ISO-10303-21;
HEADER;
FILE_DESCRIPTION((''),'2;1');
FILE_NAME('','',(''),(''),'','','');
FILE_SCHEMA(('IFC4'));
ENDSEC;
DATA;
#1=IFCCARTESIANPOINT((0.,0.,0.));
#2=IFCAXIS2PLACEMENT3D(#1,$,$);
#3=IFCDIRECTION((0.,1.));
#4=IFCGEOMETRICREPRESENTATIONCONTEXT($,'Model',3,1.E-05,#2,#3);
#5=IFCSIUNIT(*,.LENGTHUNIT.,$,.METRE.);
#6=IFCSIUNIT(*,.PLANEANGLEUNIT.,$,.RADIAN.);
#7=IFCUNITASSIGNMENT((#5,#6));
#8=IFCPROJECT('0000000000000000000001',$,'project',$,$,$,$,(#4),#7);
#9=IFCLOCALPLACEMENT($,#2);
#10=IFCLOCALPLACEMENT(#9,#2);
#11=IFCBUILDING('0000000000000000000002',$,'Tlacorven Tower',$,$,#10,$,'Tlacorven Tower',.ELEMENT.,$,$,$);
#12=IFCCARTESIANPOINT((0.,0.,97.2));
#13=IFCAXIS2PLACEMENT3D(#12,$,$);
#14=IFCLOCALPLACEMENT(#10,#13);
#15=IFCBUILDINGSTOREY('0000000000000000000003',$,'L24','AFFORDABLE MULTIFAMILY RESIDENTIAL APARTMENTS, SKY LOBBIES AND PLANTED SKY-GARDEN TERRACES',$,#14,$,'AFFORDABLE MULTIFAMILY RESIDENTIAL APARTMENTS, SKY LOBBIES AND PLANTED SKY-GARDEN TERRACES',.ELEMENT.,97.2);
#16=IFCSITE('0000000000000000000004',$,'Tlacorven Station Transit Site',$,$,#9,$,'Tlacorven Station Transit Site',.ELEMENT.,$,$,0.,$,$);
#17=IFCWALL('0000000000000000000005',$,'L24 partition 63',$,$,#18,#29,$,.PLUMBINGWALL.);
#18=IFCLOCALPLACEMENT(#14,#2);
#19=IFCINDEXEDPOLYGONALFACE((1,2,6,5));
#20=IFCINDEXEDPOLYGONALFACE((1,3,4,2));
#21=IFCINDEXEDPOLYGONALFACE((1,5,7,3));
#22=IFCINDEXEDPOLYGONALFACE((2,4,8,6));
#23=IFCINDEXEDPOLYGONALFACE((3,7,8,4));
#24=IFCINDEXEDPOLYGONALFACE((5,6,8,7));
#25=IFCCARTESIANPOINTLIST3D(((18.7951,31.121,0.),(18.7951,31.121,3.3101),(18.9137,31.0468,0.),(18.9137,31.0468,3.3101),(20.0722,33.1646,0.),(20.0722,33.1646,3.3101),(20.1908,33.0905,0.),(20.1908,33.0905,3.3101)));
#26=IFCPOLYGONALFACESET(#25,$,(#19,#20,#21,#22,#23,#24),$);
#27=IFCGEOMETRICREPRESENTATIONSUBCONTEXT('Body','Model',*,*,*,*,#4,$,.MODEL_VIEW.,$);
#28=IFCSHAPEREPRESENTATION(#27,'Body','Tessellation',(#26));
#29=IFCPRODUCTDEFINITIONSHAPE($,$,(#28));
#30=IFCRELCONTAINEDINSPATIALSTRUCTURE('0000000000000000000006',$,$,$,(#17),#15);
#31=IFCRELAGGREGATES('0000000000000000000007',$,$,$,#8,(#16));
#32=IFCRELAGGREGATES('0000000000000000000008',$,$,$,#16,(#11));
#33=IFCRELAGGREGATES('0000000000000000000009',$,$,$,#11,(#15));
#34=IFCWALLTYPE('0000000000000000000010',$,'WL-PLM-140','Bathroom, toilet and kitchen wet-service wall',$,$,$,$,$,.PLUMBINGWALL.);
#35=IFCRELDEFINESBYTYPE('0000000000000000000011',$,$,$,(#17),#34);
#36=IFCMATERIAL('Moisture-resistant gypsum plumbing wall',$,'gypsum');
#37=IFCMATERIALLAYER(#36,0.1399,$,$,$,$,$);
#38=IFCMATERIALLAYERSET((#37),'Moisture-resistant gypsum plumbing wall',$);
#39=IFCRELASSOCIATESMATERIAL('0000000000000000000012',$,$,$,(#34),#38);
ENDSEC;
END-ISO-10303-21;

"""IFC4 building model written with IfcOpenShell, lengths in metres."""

from ifc_helpers import new_model, si_unit, direction, frame, frame_2d, origin, place, context, subcontext, project, spatial, rectangle, extrude, material, layer, layer_set, type_object, element, save


model = new_model("IFC4")

# Units and contexts
model_context = context("Model", 3, precision=1e-05, world=origin(), true_north=direction((0.0, 1.0)))
body_context = subcontext(model_context, "Body", "Model", "MODEL_VIEW")
ifc_project = project(units=[si_unit("LENGTHUNIT", "METRE"), si_unit("PLANEANGLEUNIT", "RADIAN")], contexts=[model_context])

# Site, building, storey
site_placement = place(None, origin())
site = spatial("IfcSite", under=ifc_project, at=site_placement, Name="Tlacorven Station Transit Site", LongName="Tlacorven Station Transit Site", CompositionType="ELEMENT", RefElevation=0.0)
building_placement = place(site_placement, origin())
building = spatial("IfcBuilding", under=site, at=building_placement, Name="Tlacorven Tower", LongName="Tlacorven Tower", CompositionType="ELEMENT")
storey_placement = place(building_placement, frame((0.0, 0.0, 97.2)))
storey = spatial("IfcBuildingStorey", under=building, at=storey_placement, Name="L24", Description="AFFORDABLE MULTIFAMILY RESIDENTIAL APARTMENTS, SKY LOBBIES AND PLANTED SKY-GARDEN TERRACES", LongName="AFFORDABLE MULTIFAMILY RESIDENTIAL APARTMENTS, SKY LOBBIES AND PLANTED SKY-GARDEN TERRACES", CompositionType="ELEMENT", Elevation=97.2)

# Shared definitions
ifc_material_1 = material(Name="Moisture-resistant gypsum plumbing wall", Category="gypsum")
ifc_layer_1 = layer(ifc_material_1, 0.1399)
ifc_layer_set_1 = layer_set([ifc_layer_1], Name="Moisture-resistant gypsum plumbing wall")
wall_type_1 = type_object("IfcWallType", Name="WL-PLM-140", Description="Bathroom, toilet and kitchen wet-service wall", PredefinedType="PLUMBINGWALL", material=ifc_layer_set_1)

# Wall
wall_1_placement = place(storey_placement, frame((20.1316, 33.1277, 0.0), z_axis=(0.0, 0.0, 1.0), x_axis=(-0.529935, -0.848038, 0.0)))
element("IfcWall", 1, at=wall_1_placement, inside=storey, type_object=wall_type_1, Name="L24 partition 63", PredefinedType="PLUMBINGWALL", context=body_context, shape_type="SweptSolid", body=[
    extrude(rectangle(XDim=2.4099, YDim=0.1399, at=frame_2d((1.2051, 0.0))), origin(), (0.0, 0.0, 1.0), 3.3101),
])

save(model, "model.ifc")
